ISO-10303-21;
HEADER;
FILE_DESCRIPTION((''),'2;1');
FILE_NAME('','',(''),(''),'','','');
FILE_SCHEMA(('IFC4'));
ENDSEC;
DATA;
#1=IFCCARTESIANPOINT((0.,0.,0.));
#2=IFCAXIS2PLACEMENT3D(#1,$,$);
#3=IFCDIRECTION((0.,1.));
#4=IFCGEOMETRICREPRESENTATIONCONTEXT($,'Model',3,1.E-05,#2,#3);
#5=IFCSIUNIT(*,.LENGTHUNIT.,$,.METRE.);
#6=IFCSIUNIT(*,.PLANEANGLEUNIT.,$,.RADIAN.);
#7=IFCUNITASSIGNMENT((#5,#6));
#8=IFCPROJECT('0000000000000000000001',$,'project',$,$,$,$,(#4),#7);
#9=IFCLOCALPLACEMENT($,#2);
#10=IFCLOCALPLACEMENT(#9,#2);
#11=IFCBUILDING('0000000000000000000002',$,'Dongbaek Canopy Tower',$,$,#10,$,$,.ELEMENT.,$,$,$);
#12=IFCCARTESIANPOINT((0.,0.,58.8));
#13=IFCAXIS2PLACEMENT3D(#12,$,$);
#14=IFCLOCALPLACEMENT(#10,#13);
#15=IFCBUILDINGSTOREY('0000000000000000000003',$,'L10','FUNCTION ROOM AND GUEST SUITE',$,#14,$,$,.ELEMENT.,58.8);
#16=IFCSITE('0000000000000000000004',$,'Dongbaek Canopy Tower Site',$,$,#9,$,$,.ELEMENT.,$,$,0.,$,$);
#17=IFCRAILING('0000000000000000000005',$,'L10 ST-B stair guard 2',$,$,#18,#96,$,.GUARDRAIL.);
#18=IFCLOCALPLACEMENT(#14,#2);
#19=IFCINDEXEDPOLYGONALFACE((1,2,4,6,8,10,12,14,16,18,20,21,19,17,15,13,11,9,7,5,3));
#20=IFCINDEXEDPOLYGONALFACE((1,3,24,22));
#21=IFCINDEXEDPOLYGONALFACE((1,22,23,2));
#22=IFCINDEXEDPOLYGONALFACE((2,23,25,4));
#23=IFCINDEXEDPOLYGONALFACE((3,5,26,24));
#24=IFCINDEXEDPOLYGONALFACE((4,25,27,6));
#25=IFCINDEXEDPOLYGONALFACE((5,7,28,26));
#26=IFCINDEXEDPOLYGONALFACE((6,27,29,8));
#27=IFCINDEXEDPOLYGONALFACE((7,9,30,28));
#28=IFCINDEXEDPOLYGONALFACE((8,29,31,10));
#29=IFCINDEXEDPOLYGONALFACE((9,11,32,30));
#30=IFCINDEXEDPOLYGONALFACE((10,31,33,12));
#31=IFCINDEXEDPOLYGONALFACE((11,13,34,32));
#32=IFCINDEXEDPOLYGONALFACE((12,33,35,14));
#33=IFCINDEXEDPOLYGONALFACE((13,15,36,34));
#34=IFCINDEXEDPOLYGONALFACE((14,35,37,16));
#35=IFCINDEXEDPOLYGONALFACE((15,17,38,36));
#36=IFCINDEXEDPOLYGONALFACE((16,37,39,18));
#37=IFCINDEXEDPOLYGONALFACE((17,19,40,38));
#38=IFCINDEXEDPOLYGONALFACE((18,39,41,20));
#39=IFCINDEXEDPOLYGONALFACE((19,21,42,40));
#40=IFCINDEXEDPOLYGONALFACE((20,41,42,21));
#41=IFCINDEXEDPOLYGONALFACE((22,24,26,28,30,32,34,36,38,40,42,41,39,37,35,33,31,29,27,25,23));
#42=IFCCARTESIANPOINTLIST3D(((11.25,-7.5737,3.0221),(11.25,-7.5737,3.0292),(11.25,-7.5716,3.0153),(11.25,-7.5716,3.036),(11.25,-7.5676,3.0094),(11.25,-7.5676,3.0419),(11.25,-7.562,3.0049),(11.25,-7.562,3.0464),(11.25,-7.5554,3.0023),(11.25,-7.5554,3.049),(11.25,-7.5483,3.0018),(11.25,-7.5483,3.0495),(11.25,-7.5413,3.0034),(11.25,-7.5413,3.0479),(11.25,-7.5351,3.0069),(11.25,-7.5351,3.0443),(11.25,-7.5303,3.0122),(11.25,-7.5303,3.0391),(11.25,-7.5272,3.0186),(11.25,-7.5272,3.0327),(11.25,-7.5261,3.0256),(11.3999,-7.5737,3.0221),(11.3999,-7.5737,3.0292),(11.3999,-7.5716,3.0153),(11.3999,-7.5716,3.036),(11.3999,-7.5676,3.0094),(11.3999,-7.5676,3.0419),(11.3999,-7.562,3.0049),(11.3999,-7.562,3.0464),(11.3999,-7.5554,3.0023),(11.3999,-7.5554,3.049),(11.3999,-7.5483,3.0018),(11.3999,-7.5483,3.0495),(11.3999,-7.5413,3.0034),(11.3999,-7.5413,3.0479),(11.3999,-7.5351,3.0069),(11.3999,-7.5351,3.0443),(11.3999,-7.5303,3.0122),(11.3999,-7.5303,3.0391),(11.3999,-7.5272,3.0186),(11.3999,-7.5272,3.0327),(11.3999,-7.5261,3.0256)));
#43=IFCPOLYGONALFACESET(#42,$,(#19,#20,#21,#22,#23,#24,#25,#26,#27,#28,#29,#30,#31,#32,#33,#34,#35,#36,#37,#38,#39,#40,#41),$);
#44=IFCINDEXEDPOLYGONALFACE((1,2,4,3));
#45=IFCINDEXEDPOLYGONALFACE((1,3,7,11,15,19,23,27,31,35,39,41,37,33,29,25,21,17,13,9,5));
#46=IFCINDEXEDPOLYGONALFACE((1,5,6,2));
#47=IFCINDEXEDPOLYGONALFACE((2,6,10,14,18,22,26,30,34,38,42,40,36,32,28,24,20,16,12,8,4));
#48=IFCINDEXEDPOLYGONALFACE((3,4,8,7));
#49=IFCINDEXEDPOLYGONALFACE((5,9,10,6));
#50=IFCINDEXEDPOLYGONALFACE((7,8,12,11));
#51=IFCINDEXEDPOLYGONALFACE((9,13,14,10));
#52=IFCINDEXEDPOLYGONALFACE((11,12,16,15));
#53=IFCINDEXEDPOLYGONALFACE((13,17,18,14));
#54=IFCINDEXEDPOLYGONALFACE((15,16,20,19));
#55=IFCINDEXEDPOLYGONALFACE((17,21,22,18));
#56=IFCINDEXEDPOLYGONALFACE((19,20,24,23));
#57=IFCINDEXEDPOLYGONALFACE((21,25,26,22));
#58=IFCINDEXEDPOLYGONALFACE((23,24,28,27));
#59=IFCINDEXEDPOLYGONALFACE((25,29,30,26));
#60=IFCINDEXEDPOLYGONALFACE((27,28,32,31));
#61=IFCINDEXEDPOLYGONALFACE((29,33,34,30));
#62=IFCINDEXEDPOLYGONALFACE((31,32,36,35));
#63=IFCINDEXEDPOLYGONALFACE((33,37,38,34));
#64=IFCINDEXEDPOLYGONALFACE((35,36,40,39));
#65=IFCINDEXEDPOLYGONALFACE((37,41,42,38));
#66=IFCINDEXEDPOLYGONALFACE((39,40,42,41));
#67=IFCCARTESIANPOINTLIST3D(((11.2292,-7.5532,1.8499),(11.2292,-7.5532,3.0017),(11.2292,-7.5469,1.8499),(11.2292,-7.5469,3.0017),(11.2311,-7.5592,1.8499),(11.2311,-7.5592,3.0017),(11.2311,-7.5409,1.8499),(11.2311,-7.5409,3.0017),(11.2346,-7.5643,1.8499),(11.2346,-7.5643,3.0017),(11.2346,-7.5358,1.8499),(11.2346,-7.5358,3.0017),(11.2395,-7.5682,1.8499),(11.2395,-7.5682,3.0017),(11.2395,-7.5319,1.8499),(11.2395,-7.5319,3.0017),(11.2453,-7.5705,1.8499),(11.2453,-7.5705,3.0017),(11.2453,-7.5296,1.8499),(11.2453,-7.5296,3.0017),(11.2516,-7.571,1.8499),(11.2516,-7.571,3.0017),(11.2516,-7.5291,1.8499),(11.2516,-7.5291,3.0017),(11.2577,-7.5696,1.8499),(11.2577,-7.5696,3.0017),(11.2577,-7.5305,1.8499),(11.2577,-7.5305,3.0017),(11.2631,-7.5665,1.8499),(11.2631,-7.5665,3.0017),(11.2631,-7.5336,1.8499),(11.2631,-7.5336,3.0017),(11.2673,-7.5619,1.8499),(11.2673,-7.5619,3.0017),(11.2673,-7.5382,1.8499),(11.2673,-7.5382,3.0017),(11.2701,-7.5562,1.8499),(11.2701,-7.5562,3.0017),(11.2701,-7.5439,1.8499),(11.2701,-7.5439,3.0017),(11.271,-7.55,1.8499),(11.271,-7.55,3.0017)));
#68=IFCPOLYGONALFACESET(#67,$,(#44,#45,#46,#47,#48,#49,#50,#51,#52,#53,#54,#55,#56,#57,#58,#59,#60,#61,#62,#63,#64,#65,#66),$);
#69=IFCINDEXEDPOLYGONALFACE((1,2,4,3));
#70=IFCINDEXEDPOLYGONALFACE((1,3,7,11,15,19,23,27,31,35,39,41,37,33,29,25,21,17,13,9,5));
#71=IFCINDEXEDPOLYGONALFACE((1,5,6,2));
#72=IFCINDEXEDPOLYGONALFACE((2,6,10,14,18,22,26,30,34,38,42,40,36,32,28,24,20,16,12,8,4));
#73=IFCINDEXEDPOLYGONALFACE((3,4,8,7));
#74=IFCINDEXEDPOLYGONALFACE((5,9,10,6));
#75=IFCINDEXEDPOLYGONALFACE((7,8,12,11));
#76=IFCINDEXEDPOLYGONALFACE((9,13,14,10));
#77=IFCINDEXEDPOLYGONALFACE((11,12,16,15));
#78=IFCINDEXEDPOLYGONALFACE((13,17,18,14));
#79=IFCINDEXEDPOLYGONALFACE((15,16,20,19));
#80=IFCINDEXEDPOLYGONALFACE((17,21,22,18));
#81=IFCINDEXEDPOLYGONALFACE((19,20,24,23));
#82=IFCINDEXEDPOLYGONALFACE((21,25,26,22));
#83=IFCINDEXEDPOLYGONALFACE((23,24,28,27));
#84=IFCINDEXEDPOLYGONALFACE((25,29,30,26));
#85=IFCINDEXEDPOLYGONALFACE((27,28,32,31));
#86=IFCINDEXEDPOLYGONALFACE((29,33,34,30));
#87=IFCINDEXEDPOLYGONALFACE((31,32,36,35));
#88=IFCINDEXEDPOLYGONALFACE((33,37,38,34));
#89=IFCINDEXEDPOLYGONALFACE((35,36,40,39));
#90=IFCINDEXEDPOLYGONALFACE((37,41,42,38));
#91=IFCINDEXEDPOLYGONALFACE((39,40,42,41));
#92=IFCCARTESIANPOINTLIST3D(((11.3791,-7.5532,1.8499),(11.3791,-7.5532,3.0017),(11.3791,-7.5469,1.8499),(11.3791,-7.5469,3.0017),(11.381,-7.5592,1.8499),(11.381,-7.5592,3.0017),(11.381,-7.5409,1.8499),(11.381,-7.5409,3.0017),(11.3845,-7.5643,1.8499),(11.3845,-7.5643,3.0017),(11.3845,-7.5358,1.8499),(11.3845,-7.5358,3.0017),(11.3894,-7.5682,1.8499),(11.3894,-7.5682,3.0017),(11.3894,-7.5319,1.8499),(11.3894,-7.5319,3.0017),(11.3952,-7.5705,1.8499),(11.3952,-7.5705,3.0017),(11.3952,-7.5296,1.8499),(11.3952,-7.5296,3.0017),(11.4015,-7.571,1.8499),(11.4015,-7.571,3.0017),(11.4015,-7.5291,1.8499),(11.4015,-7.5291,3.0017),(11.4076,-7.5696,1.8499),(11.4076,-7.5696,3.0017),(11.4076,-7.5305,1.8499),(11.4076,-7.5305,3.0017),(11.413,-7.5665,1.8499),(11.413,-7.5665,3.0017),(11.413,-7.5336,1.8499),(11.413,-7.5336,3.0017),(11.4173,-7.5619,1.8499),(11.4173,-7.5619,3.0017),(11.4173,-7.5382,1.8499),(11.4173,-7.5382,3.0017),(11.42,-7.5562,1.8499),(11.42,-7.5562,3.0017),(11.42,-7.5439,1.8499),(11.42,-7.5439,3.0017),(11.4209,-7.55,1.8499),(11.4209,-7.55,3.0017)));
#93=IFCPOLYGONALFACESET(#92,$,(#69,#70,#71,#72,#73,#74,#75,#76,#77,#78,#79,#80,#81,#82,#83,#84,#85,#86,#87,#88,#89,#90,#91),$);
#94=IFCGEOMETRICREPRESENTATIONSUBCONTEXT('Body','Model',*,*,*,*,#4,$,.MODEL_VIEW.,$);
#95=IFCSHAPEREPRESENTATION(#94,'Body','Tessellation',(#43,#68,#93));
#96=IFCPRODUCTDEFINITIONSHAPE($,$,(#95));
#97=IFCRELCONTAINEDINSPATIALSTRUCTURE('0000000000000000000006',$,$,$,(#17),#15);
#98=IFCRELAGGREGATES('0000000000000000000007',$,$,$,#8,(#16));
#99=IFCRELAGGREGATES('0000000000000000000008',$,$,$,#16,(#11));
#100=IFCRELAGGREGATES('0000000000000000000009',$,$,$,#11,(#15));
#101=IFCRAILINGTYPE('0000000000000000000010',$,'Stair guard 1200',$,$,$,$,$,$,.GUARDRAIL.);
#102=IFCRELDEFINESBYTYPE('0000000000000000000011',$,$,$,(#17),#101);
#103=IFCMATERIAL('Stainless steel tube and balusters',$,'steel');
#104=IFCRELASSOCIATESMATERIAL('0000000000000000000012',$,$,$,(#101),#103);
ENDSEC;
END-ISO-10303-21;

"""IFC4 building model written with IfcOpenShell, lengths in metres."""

from ifc_helpers import new_model, si_unit, direction, frame, origin, origin_2d, place, context, subcontext, project, spatial, circle, extrude, material, type_object, element, save


model = new_model("IFC4")

# Units and contexts
model_context = context("Model", 3, precision=1e-05, world=origin(), true_north=direction((0.0, 1.0)))
body_context = subcontext(model_context, "Body", "Model", "MODEL_VIEW")
ifc_project = project(units=[si_unit("LENGTHUNIT", "METRE"), si_unit("PLANEANGLEUNIT", "RADIAN")], contexts=[model_context])

# Site, building, storey
site_placement = place(None, origin())
site = spatial("IfcSite", under=ifc_project, at=site_placement, Name="Dongbaek Canopy Tower Site", CompositionType="ELEMENT", RefElevation=0.0)
building_placement = place(site_placement, origin())
building = spatial("IfcBuilding", under=site, at=building_placement, Name="Dongbaek Canopy Tower", CompositionType="ELEMENT")
storey_placement = place(building_placement, frame((0.0, 0.0, 58.8)))
storey = spatial("IfcBuildingStorey", under=building, at=storey_placement, Name="L10", Description="FUNCTION ROOM AND GUEST SUITE", CompositionType="ELEMENT", Elevation=58.8)

# Railing
ifc_material_1 = material(Name="Stainless steel tube and balusters", Category="steel")
railing_type_1 = type_object("IfcRailingType", Name="Stair guard 1200", PredefinedType="GUARDRAIL", material=ifc_material_1)
railing_1_placement = place(storey_placement, frame((11.25, -7.55, 1.8499)))
element("IfcRailing", 1, at=railing_1_placement, inside=storey, type_object=railing_type_1, Name="L10 ST-B stair guard 2", PredefinedType="GUARDRAIL", context=body_context, shape_type="SweptSolid", body=[
    extrude(circle(Radius=0.0239, at=origin_2d()), frame((0.0, 0.0, 1.1758), z_axis=(1.0, 0.0, 0.0), x_axis=(0.0, 1.0, 0.0)), (0.0, 0.0, 1.0), 0.1499),
    extrude(circle(Radius=0.021, at=origin_2d()), origin(), (0.0, 0.0, 1.0), 1.1519),
    extrude(circle(Radius=0.021, at=origin_2d()), frame((0.1499, 0.0, 0.0)), (0.0, 0.0, 1.0), 1.1519),
])

save(model, "model.ifc")
